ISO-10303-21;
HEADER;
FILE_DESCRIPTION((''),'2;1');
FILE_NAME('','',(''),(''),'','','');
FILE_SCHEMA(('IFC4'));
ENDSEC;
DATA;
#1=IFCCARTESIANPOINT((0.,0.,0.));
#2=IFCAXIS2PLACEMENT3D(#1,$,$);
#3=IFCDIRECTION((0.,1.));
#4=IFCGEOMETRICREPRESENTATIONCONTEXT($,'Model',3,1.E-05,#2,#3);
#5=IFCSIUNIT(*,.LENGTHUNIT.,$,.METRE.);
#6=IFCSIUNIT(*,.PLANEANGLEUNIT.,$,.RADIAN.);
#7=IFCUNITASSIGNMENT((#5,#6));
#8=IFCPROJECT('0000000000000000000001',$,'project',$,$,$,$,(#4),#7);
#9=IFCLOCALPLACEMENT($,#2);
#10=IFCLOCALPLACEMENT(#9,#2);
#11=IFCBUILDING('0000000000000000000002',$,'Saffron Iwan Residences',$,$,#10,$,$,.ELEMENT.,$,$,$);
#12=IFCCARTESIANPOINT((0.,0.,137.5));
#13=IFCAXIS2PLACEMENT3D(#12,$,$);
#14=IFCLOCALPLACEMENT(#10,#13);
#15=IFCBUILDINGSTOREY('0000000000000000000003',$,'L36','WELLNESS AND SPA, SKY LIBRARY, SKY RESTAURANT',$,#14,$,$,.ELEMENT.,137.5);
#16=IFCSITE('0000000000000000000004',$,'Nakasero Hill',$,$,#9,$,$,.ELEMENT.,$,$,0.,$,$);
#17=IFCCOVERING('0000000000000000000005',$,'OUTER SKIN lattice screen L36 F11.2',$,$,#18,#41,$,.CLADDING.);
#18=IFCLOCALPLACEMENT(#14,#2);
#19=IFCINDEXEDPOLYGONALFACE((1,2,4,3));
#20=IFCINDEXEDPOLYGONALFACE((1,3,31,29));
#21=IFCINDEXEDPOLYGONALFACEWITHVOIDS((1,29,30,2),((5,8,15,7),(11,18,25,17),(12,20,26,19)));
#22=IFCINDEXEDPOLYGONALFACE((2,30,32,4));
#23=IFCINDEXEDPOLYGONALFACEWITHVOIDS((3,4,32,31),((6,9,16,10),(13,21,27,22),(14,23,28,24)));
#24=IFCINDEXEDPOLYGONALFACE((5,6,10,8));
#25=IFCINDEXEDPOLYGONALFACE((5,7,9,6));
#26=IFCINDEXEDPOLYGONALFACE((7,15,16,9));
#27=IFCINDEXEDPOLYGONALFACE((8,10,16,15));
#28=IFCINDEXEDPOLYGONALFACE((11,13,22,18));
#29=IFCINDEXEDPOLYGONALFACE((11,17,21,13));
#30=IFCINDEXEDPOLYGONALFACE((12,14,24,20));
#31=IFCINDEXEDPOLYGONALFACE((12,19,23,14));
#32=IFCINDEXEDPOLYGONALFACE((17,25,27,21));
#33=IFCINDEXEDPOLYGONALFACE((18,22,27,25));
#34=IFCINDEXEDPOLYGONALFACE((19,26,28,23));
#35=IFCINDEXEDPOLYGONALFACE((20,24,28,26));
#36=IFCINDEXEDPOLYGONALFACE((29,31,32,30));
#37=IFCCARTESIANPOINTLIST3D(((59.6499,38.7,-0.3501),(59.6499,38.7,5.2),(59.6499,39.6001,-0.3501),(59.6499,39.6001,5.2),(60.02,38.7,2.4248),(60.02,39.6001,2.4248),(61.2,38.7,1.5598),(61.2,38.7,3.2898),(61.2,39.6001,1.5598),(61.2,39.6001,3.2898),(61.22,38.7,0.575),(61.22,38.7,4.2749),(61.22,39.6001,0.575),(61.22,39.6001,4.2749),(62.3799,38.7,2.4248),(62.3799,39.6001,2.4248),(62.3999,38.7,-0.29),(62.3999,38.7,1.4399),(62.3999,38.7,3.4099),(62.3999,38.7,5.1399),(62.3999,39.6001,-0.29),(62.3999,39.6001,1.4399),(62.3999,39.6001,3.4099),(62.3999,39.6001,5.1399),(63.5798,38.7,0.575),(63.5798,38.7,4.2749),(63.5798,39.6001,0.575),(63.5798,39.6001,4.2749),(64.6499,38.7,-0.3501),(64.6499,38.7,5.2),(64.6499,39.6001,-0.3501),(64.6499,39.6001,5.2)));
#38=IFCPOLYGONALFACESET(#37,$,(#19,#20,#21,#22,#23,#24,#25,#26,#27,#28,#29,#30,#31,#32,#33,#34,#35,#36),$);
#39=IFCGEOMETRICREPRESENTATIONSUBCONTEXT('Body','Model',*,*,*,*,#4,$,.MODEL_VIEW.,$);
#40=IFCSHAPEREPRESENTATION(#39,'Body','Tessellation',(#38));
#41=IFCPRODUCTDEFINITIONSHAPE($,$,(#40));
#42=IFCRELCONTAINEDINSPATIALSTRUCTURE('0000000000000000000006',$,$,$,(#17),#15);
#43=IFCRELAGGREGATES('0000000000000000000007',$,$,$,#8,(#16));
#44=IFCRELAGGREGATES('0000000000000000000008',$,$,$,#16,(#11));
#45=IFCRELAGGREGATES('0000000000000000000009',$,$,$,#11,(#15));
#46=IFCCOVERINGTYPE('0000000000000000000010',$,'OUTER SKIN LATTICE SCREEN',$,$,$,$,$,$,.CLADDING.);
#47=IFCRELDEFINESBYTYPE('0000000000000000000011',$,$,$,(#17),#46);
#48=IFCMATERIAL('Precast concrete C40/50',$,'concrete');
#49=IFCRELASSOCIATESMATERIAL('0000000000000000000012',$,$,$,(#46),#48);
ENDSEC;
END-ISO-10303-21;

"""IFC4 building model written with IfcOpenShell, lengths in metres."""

from ifc_helpers import new_model, si_unit, direction, frame, origin, place, context, subcontext, project, spatial, polyline, outline, extrude, material, type_object, element, save


model = new_model("IFC4")

# Units and contexts
model_context = context("Model", 3, precision=1e-05, world=origin(), true_north=direction((0.0, 1.0)))
body_context = subcontext(model_context, "Body", "Model", "MODEL_VIEW")
ifc_project = project(units=[si_unit("LENGTHUNIT", "METRE"), si_unit("PLANEANGLEUNIT", "RADIAN")], contexts=[model_context])

# Site, building, storey
site_placement = place(None, origin())
site = spatial("IfcSite", under=ifc_project, at=site_placement, Name="Nakasero Hill", CompositionType="ELEMENT", RefElevation=0.0)
building_placement = place(site_placement, origin())
building = spatial("IfcBuilding", under=site, at=building_placement, Name="Saffron Iwan Residences", CompositionType="ELEMENT")
storey_placement = place(building_placement, frame((0.0, 0.0, 137.5)))
storey = spatial("IfcBuildingStorey", under=building, at=storey_placement, Name="L36", Description="WELLNESS AND SPA, SKY LIBRARY, SKY RESTAURANT", CompositionType="ELEMENT", Elevation=137.5)

# Covering
ifc_material_1 = material(Name="Precast concrete C40/50", Category="concrete")
covering_type = type_object("IfcCoveringType", Name="OUTER SKIN LATTICE SCREEN", PredefinedType="CLADDING", material=ifc_material_1)
covering_placement = place(storey_placement, frame((59.6499, 39.6001, -0.3501), z_axis=(0.0, -1.0, 0.0), x_axis=(1.0, 0.0, 0.0)))
element("IfcCovering", 1, at=covering_placement, inside=storey, type_object=covering_type, Name="OUTER SKIN lattice screen L36 F11.2", PredefinedType="CLADDING", context=body_context, shape_type="SweptSolid", body=[
    extrude(outline(polyline([(0.0, 0.0), (5.0, 0.0), (5.0, 5.55), (0.0, 5.55), (0.0, 0.0)]), holes=[polyline([(1.5701, 0.925), (2.75, 0.0601), (3.9299, 0.925), (2.75, 1.79), (1.5701, 0.925)]), polyline([(0.3701, 2.7749), (1.55, 1.9099), (2.73, 2.7749), (1.55, 3.6399), (0.3701, 2.7749)]), polyline([(1.5701, 4.625), (2.75, 3.76), (3.9299, 4.625), (2.75, 5.49), (1.5701, 4.625)])]), origin(), (0.0, 0.0, 1.0), 0.9001),
])

save(model, "model.ifc")
